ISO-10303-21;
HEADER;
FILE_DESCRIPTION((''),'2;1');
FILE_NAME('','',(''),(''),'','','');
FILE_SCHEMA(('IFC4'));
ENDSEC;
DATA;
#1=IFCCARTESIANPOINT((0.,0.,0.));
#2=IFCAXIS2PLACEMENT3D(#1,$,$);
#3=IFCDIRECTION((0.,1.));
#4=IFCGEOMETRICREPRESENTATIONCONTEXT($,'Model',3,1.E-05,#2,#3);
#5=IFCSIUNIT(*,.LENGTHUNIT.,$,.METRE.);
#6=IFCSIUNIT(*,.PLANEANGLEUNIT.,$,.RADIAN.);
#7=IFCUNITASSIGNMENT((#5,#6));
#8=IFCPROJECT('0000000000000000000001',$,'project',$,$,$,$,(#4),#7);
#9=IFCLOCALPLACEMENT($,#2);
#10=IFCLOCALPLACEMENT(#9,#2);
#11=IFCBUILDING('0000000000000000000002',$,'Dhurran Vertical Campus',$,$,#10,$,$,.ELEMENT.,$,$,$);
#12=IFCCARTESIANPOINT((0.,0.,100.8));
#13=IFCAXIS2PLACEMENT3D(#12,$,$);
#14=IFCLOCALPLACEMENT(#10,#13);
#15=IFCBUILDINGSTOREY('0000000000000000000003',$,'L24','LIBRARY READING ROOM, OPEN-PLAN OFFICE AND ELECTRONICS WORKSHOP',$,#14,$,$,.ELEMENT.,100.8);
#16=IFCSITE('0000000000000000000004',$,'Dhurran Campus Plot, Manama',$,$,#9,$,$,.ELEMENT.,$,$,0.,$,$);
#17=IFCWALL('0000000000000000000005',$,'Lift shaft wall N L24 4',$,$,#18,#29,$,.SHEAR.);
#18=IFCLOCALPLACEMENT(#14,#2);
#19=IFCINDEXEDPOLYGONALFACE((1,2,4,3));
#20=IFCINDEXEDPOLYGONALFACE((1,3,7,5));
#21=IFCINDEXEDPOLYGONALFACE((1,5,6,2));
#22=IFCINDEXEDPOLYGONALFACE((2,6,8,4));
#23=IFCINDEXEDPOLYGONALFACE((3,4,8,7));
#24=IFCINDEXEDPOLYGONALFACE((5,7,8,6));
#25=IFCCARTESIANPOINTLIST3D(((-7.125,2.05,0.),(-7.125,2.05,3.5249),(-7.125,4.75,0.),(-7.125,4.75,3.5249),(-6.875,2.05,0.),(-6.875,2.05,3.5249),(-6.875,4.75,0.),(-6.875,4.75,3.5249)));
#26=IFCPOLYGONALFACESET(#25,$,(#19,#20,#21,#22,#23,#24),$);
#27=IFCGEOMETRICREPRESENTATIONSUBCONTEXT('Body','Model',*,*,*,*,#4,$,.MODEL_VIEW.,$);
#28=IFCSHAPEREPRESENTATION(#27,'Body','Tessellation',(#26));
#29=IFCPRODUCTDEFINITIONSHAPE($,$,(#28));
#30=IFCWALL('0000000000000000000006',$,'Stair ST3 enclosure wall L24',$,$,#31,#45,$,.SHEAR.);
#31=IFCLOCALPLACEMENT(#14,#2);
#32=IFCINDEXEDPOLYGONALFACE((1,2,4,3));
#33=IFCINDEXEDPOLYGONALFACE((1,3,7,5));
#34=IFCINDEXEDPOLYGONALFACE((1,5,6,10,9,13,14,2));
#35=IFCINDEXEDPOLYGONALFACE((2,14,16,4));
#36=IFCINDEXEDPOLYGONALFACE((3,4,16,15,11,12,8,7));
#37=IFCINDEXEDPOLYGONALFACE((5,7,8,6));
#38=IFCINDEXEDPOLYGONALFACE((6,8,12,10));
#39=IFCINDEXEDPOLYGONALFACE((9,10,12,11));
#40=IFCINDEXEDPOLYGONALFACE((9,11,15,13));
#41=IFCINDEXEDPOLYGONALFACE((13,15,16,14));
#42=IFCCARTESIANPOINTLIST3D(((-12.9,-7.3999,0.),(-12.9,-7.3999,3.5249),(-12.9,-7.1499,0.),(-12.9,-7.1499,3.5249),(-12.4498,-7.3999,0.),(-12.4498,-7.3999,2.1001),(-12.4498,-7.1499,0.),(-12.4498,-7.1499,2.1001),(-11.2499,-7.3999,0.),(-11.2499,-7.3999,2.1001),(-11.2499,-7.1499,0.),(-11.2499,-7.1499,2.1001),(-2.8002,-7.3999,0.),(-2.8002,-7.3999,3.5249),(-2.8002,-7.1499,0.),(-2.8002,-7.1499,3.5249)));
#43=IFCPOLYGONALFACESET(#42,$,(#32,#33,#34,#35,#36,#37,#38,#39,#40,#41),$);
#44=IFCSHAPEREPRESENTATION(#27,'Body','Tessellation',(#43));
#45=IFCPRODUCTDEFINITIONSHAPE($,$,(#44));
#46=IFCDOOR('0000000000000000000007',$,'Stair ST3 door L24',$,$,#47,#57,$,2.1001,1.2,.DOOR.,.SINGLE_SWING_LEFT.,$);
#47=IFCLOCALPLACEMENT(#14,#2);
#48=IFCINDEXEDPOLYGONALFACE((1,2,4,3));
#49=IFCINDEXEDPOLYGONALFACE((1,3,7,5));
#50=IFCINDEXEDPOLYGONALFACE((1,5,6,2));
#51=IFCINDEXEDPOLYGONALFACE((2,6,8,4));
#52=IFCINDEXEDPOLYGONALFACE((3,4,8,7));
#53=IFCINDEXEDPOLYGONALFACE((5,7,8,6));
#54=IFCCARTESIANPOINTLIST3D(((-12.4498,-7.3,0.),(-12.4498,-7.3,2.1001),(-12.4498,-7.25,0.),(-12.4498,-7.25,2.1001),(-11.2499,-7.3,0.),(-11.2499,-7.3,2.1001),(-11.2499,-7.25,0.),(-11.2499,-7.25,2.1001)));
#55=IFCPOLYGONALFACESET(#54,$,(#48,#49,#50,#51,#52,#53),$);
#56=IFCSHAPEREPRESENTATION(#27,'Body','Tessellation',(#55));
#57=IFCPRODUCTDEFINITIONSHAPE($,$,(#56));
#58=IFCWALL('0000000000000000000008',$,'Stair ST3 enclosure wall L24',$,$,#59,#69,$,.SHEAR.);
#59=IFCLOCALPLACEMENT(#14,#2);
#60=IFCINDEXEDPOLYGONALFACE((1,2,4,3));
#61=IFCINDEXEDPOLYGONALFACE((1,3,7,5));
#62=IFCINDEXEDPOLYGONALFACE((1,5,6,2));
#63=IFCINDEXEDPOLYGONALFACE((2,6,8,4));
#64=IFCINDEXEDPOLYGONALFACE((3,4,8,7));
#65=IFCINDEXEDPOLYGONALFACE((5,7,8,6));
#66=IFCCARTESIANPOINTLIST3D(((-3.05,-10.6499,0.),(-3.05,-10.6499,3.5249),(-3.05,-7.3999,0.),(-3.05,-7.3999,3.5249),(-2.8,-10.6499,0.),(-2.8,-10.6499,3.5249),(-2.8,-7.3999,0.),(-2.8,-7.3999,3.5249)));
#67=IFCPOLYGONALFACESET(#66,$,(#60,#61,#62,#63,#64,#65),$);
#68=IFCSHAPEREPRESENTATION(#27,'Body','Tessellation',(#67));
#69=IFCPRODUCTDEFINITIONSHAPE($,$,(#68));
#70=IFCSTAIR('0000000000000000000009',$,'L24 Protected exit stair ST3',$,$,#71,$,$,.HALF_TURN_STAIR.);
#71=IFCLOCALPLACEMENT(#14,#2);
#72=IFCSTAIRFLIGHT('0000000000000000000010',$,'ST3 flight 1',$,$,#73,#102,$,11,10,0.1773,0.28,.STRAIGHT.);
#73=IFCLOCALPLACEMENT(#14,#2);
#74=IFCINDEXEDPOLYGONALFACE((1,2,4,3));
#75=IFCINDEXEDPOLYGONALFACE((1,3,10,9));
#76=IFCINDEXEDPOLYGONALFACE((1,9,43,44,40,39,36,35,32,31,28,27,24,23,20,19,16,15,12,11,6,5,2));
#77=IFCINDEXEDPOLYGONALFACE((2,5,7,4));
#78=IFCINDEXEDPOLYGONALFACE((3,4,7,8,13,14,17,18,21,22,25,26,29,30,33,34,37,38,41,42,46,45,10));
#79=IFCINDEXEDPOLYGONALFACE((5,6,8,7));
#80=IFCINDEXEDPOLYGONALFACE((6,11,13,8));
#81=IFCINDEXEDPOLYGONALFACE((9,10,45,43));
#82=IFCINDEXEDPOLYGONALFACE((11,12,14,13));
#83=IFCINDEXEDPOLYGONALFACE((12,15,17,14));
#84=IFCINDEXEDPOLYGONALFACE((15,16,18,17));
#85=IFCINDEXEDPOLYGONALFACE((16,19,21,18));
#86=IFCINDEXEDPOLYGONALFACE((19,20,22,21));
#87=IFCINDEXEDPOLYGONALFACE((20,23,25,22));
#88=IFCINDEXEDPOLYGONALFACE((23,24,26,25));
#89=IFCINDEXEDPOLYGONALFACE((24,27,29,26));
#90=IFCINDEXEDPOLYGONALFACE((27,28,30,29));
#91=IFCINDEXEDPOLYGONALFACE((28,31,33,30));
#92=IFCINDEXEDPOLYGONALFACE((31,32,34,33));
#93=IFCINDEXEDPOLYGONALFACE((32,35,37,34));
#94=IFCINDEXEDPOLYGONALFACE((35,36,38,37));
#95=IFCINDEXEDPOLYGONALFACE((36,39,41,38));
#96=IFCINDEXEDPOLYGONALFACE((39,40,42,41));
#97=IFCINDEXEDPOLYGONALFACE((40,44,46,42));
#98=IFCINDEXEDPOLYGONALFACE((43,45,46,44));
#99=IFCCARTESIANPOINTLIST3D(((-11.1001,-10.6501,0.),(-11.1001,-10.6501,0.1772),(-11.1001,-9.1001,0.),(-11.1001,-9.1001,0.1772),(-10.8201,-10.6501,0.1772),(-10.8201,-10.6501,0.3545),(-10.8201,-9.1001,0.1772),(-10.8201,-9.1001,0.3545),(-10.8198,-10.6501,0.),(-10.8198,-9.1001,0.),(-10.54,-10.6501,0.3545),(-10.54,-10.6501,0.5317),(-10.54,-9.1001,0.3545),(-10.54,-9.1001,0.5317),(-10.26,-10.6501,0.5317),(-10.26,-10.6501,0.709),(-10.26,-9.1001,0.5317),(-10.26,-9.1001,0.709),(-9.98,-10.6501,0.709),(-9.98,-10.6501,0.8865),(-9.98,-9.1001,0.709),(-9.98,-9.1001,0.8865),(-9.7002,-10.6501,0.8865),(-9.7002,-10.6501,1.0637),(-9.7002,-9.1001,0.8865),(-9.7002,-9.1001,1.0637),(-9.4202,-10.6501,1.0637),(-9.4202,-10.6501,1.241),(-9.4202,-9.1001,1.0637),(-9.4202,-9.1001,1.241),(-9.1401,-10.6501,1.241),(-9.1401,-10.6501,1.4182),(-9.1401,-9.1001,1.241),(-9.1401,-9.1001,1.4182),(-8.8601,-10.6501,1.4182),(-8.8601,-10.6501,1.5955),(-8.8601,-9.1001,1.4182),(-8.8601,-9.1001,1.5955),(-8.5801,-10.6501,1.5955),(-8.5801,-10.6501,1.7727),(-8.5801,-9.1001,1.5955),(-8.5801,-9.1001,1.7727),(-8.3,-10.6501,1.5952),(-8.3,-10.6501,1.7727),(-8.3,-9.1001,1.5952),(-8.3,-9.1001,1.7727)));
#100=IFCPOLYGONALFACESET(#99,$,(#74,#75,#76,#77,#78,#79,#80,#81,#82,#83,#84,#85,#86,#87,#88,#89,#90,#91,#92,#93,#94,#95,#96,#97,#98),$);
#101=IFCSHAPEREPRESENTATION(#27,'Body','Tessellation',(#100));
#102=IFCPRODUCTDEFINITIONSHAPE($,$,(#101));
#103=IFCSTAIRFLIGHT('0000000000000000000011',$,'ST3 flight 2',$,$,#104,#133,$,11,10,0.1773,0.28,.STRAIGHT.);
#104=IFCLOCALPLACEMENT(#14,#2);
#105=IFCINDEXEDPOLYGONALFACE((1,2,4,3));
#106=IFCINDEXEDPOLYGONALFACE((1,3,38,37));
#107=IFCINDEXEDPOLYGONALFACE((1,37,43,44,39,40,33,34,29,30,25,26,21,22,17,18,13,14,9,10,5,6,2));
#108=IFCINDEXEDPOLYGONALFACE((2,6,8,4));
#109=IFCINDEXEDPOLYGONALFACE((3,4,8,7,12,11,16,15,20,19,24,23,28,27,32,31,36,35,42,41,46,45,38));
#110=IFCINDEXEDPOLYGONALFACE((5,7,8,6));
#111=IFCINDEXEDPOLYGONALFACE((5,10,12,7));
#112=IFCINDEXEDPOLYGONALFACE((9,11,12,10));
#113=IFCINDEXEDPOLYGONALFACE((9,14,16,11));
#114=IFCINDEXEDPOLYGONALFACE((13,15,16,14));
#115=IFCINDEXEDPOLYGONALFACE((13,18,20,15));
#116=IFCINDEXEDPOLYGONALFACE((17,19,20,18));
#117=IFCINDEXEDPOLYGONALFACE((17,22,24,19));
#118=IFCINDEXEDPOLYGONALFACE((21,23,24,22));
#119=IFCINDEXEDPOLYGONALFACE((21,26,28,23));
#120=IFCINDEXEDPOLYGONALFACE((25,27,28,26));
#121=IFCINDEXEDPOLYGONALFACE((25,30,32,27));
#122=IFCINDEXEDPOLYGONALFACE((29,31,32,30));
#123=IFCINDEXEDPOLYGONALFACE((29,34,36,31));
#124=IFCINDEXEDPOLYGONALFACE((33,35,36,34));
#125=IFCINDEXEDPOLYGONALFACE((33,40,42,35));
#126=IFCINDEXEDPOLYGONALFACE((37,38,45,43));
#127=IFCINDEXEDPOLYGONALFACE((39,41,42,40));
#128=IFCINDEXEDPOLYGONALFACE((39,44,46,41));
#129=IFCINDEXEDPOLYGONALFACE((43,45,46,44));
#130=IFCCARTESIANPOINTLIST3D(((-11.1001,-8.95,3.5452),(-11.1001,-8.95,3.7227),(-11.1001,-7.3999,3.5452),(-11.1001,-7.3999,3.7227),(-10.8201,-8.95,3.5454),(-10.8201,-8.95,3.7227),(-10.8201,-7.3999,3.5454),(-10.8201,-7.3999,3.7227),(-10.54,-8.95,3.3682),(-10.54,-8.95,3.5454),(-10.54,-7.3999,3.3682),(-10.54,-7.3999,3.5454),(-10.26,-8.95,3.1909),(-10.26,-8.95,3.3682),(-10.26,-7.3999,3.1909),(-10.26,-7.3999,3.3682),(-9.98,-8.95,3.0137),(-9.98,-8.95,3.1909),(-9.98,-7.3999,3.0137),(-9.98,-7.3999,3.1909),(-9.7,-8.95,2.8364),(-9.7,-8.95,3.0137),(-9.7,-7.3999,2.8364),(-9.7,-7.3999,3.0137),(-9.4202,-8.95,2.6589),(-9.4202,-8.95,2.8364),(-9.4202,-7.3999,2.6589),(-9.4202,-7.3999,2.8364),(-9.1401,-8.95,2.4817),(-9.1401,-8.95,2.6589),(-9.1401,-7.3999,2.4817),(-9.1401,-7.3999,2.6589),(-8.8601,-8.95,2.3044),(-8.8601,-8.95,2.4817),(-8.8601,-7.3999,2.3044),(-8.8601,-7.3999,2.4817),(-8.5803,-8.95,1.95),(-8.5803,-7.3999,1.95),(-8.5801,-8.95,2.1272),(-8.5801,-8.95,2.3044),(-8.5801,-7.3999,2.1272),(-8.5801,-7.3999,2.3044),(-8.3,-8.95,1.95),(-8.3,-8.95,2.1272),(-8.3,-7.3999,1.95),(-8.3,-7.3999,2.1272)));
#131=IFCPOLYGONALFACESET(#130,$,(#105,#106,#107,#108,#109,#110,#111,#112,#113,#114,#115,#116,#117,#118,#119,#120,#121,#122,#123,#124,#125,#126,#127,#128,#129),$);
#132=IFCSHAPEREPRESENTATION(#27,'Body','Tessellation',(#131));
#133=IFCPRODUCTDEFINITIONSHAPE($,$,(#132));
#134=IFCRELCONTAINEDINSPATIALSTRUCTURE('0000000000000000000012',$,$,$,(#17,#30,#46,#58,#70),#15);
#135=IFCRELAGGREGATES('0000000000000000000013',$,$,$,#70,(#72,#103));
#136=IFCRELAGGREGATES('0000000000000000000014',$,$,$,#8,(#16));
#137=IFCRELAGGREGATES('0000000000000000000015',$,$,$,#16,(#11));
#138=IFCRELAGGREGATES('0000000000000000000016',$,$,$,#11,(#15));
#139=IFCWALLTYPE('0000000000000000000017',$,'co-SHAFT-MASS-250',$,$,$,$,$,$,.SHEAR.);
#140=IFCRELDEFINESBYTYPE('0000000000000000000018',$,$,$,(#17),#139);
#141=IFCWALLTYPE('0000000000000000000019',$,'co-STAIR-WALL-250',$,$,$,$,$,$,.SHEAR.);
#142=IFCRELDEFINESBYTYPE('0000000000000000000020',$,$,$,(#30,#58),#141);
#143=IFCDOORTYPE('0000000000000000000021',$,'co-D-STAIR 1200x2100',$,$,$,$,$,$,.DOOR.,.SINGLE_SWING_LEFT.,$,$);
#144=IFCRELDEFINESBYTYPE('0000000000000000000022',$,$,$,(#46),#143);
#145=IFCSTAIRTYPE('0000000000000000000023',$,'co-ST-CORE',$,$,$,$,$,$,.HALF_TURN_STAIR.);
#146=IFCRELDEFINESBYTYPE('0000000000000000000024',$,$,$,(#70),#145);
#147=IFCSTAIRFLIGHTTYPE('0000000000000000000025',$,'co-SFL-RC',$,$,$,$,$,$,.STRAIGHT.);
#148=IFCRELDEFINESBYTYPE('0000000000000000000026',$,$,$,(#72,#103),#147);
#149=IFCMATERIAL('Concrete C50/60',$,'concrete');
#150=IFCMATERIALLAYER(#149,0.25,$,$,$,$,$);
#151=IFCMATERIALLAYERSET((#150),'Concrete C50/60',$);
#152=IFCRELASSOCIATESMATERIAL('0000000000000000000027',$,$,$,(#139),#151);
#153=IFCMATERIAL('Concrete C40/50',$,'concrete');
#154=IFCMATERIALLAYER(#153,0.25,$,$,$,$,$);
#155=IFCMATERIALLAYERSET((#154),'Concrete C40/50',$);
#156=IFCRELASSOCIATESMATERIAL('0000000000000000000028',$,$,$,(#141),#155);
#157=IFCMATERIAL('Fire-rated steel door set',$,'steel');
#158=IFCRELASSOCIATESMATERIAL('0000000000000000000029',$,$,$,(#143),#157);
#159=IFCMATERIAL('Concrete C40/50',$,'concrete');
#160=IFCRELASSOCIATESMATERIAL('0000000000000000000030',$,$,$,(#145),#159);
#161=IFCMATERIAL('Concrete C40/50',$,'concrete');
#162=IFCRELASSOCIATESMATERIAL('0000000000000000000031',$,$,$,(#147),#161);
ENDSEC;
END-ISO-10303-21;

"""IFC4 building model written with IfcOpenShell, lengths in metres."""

from ifc_helpers import new_model, si_unit, direction, frame, frame_2d, origin, place, context, subcontext, project, spatial, polyline, rectangle, outline, extrude, material, layer, layer_set, type_object, element, fill, aggregate, save


model = new_model("IFC4")

# Units and contexts
model_context = context("Model", 3, precision=1e-05, world=origin(), true_north=direction((0.0, 1.0)))
body_context = subcontext(model_context, "Body", "Model", "MODEL_VIEW")
ifc_project = project(units=[si_unit("LENGTHUNIT", "METRE"), si_unit("PLANEANGLEUNIT", "RADIAN")], contexts=[model_context])

# Site, building, storey
site_placement = place(None, origin())
site = spatial("IfcSite", under=ifc_project, at=site_placement, Name="Dhurran Campus Plot, Manama", CompositionType="ELEMENT", RefElevation=0.0)
building_placement = place(site_placement, origin())
building = spatial("IfcBuilding", under=site, at=building_placement, Name="Dhurran Vertical Campus", CompositionType="ELEMENT")
storey_placement = place(building_placement, frame((0.0, 0.0, 100.8)))
storey = spatial("IfcBuildingStorey", under=building, at=storey_placement, Name="L24", Description="LIBRARY READING ROOM, OPEN-PLAN OFFICE AND ELECTRONICS WORKSHOP", CompositionType="ELEMENT", Elevation=100.8)

# Wall
ifc_material_1 = material(Name="Concrete C50/60", Category="concrete")
ifc_layer_1 = layer(ifc_material_1, 0.25)
ifc_layer_set_1 = layer_set([ifc_layer_1], Name="Concrete C50/60")
wall_type_1 = type_object("IfcWallType", Name="co-SHAFT-MASS-250", PredefinedType="SHEAR", material=ifc_layer_set_1)
wall_1_placement = place(storey_placement, origin())
element("IfcWall", 1, at=wall_1_placement, inside=storey, type_object=wall_type_1, Name="Lift shaft wall N L24 4", PredefinedType="SHEAR", context=body_context, shape_type="SweptSolid", body=[
    extrude(outline(polyline([(-7.125, 2.05), (-6.875, 2.05), (-6.875, 4.75), (-7.125, 4.75), (-7.125, 2.05)])), origin(), (0.0, 0.0, 1.0), 3.5249),
])

# Wall, opening, door
ifc_material_2 = material(Name="Concrete C40/50", Category="concrete")
ifc_layer_2 = layer(ifc_material_2, 0.25)
ifc_layer_set_2 = layer_set([ifc_layer_2], Name="Concrete C40/50")
wall_type_2 = type_object("IfcWallType", Name="co-STAIR-WALL-250", PredefinedType="SHEAR", material=ifc_layer_set_2)
wall_2_placement = place(storey_placement, frame((-12.8999, -7.2749, 0.0), z_axis=(0.0, 0.0, 1.0), x_axis=(1.0, 0.0, 0.0)))
wall_2 = element("IfcWall", 2, at=wall_2_placement, inside=storey, type_object=wall_type_2, Name="Stair ST3 enclosure wall L24", PredefinedType="SHEAR", context=body_context, shape_type="SweptSolid", body=[
    extrude(rectangle(XDim=10.0999, YDim=0.25, at=frame_2d((5.0498, 0.0))), origin(), (0.0, 0.0, 1.0), 3.5249),
])
opening_1_placement = place(wall_2_placement, frame((0.45, 0.0, 0.0)))
opening_1 = element("IfcOpeningElement", 3, at=opening_1_placement, cuts=wall_2, PredefinedType="OPENING", context=body_context, shape_type="SweptSolid", body=[
    extrude(rectangle(XDim=1.2, YDim=2.1001, at=frame_2d((0.6001, 1.05))), frame((0.0, 0.135, 0.0), z_axis=(0.0, -1.0, 0.0), x_axis=(1.0, 0.0, 0.0)), (0.0, 0.0, 1.0), 0.27),
])
ifc_material_3 = material(Name="Fire-rated steel door set", Category="steel")
door_type_1 = type_object("IfcDoorType", Name="co-D-STAIR 1200x2100", OperationType="SINGLE_SWING_LEFT", PredefinedType="DOOR", material=ifc_material_3)
door_1_placement = place(opening_1_placement, origin())
door_1 = element("IfcDoor", 4, at=door_1_placement, inside=storey, type_object=door_type_1, Name="Stair ST3 door L24", OperationType="SINGLE_SWING_LEFT", OverallHeight=2.1001, OverallWidth=1.2, PredefinedType="DOOR", context=body_context, shape_type="SweptSolid", body=[
    extrude(rectangle(XDim=1.2, YDim=2.1001, at=frame_2d((0.6001, 1.05))), frame((0.0, 0.0249, 0.0), z_axis=(0.0, -1.0, 0.0), x_axis=(1.0, 0.0, 0.0)), (0.0, 0.0, 1.0), 0.05),
])
fill(opening_1, door_1)

# Wall
wall_3_placement = place(storey_placement, frame((-2.925, -10.6499, 0.0), z_axis=(0.0, 0.0, 1.0), x_axis=(0.0, 1.0, 0.0)))
element("IfcWall", 5, at=wall_3_placement, inside=storey, type_object=wall_type_2, Name="Stair ST3 enclosure wall L24", PredefinedType="SHEAR", context=body_context, shape_type="SweptSolid", body=[
    extrude(rectangle(XDim=3.25, YDim=0.25, at=frame_2d((1.625, 0.0))), origin(), (0.0, 0.0, 1.0), 3.5249),
])

# Stair, stair flights
ifc_material_4 = material(Name="Concrete C40/50", Category="concrete")
stair_type = type_object("IfcStairType", Name="co-ST-CORE", PredefinedType="HALF_TURN_STAIR", material=ifc_material_4)
stair_placement = place(storey_placement, origin())
stair = element("IfcStair", 6, at=stair_placement, inside=storey, type_object=stair_type, Name="L24 Protected exit stair ST3", PredefinedType="HALF_TURN_STAIR")
ifc_material_5 = material(Name="Concrete C40/50", Category="concrete")
stair_flight_type = type_object("IfcStairFlightType", Name="co-SFL-RC", PredefinedType="STRAIGHT", material=ifc_material_5)
stair_flight_1_placement = place(storey_placement, frame((-11.1001, -9.875, 0.0), z_axis=(0.0, 0.0, 1.0), x_axis=(1.0, 0.0, 0.0)))
stair_flight_1 = element("IfcStairFlight", 7, at=stair_flight_1_placement, type_object=stair_flight_type, Name="ST3 flight 1", NumberOfRisers=11, NumberOfTreads=10, PredefinedType="STRAIGHT", RiserHeight=0.1773, TreadLength=0.28, context=body_context, shape_type="SweptSolid", body=[
    extrude(outline(polyline([(0.0, 0.0), (0.0, 0.1772), (0.28, 0.1772), (0.28, 0.3545), (0.5601, 0.3545), (0.5601, 0.5317), (0.8401, 0.5317), (0.8401, 0.709), (1.1201, 0.709), (1.1201, 0.8865), (1.3999, 0.8865), (1.3999, 1.0637), (1.6799, 1.0637), (1.6799, 1.241), (1.96, 1.241), (1.96, 1.4182), (2.24, 1.4182), (2.24, 1.5955), (2.52, 1.5955), (2.52, 1.7727), (2.8, 1.7727), (2.8, 1.95), (2.8, 1.5952), (0.2803, 0.0), (0.0, 0.0)])), frame((0.0, 0.7749, 0.0), z_axis=(0.0, -1.0, 0.0), x_axis=(1.0, 0.0, 0.0)), (0.0, 0.0, 1.0), 1.55),
])
stair_flight_2_placement = place(storey_placement, frame((-8.3, -8.175, 1.95), z_axis=(0.0, 0.0, 1.0), x_axis=(-1.0, 0.0, 0.0)))
stair_flight_2 = element("IfcStairFlight", 8, at=stair_flight_2_placement, type_object=stair_flight_type, Name="ST3 flight 2", NumberOfRisers=11, NumberOfTreads=10, PredefinedType="STRAIGHT", RiserHeight=0.1773, TreadLength=0.28, context=body_context, shape_type="SweptSolid", body=[
    extrude(outline(polyline([(0.0, 0.0), (0.0, 0.1772), (0.28, 0.1772), (0.28, 0.3545), (0.5601, 0.3545), (0.5601, 0.5317), (0.8401, 0.5317), (0.8401, 0.709), (1.1201, 0.709), (1.1201, 0.8865), (1.3999, 0.8865), (1.3999, 1.0637), (1.6799, 1.0637), (1.6799, 1.241), (1.96, 1.241), (1.96, 1.4182), (2.24, 1.4182), (2.24, 1.5955), (2.52, 1.5955), (2.52, 1.7727), (2.8, 1.7727), (2.8, 1.95), (2.8, 1.5952), (0.2803, 0.0), (0.0, 0.0)])), frame((0.0, 0.7749, 0.0), z_axis=(0.0, -1.0, 0.0), x_axis=(1.0, 0.0, 0.0)), (0.0, 0.0, 1.0), 1.55),
])
aggregate(stair, [stair_flight_1, stair_flight_2])

save(model, "model.ifc")
